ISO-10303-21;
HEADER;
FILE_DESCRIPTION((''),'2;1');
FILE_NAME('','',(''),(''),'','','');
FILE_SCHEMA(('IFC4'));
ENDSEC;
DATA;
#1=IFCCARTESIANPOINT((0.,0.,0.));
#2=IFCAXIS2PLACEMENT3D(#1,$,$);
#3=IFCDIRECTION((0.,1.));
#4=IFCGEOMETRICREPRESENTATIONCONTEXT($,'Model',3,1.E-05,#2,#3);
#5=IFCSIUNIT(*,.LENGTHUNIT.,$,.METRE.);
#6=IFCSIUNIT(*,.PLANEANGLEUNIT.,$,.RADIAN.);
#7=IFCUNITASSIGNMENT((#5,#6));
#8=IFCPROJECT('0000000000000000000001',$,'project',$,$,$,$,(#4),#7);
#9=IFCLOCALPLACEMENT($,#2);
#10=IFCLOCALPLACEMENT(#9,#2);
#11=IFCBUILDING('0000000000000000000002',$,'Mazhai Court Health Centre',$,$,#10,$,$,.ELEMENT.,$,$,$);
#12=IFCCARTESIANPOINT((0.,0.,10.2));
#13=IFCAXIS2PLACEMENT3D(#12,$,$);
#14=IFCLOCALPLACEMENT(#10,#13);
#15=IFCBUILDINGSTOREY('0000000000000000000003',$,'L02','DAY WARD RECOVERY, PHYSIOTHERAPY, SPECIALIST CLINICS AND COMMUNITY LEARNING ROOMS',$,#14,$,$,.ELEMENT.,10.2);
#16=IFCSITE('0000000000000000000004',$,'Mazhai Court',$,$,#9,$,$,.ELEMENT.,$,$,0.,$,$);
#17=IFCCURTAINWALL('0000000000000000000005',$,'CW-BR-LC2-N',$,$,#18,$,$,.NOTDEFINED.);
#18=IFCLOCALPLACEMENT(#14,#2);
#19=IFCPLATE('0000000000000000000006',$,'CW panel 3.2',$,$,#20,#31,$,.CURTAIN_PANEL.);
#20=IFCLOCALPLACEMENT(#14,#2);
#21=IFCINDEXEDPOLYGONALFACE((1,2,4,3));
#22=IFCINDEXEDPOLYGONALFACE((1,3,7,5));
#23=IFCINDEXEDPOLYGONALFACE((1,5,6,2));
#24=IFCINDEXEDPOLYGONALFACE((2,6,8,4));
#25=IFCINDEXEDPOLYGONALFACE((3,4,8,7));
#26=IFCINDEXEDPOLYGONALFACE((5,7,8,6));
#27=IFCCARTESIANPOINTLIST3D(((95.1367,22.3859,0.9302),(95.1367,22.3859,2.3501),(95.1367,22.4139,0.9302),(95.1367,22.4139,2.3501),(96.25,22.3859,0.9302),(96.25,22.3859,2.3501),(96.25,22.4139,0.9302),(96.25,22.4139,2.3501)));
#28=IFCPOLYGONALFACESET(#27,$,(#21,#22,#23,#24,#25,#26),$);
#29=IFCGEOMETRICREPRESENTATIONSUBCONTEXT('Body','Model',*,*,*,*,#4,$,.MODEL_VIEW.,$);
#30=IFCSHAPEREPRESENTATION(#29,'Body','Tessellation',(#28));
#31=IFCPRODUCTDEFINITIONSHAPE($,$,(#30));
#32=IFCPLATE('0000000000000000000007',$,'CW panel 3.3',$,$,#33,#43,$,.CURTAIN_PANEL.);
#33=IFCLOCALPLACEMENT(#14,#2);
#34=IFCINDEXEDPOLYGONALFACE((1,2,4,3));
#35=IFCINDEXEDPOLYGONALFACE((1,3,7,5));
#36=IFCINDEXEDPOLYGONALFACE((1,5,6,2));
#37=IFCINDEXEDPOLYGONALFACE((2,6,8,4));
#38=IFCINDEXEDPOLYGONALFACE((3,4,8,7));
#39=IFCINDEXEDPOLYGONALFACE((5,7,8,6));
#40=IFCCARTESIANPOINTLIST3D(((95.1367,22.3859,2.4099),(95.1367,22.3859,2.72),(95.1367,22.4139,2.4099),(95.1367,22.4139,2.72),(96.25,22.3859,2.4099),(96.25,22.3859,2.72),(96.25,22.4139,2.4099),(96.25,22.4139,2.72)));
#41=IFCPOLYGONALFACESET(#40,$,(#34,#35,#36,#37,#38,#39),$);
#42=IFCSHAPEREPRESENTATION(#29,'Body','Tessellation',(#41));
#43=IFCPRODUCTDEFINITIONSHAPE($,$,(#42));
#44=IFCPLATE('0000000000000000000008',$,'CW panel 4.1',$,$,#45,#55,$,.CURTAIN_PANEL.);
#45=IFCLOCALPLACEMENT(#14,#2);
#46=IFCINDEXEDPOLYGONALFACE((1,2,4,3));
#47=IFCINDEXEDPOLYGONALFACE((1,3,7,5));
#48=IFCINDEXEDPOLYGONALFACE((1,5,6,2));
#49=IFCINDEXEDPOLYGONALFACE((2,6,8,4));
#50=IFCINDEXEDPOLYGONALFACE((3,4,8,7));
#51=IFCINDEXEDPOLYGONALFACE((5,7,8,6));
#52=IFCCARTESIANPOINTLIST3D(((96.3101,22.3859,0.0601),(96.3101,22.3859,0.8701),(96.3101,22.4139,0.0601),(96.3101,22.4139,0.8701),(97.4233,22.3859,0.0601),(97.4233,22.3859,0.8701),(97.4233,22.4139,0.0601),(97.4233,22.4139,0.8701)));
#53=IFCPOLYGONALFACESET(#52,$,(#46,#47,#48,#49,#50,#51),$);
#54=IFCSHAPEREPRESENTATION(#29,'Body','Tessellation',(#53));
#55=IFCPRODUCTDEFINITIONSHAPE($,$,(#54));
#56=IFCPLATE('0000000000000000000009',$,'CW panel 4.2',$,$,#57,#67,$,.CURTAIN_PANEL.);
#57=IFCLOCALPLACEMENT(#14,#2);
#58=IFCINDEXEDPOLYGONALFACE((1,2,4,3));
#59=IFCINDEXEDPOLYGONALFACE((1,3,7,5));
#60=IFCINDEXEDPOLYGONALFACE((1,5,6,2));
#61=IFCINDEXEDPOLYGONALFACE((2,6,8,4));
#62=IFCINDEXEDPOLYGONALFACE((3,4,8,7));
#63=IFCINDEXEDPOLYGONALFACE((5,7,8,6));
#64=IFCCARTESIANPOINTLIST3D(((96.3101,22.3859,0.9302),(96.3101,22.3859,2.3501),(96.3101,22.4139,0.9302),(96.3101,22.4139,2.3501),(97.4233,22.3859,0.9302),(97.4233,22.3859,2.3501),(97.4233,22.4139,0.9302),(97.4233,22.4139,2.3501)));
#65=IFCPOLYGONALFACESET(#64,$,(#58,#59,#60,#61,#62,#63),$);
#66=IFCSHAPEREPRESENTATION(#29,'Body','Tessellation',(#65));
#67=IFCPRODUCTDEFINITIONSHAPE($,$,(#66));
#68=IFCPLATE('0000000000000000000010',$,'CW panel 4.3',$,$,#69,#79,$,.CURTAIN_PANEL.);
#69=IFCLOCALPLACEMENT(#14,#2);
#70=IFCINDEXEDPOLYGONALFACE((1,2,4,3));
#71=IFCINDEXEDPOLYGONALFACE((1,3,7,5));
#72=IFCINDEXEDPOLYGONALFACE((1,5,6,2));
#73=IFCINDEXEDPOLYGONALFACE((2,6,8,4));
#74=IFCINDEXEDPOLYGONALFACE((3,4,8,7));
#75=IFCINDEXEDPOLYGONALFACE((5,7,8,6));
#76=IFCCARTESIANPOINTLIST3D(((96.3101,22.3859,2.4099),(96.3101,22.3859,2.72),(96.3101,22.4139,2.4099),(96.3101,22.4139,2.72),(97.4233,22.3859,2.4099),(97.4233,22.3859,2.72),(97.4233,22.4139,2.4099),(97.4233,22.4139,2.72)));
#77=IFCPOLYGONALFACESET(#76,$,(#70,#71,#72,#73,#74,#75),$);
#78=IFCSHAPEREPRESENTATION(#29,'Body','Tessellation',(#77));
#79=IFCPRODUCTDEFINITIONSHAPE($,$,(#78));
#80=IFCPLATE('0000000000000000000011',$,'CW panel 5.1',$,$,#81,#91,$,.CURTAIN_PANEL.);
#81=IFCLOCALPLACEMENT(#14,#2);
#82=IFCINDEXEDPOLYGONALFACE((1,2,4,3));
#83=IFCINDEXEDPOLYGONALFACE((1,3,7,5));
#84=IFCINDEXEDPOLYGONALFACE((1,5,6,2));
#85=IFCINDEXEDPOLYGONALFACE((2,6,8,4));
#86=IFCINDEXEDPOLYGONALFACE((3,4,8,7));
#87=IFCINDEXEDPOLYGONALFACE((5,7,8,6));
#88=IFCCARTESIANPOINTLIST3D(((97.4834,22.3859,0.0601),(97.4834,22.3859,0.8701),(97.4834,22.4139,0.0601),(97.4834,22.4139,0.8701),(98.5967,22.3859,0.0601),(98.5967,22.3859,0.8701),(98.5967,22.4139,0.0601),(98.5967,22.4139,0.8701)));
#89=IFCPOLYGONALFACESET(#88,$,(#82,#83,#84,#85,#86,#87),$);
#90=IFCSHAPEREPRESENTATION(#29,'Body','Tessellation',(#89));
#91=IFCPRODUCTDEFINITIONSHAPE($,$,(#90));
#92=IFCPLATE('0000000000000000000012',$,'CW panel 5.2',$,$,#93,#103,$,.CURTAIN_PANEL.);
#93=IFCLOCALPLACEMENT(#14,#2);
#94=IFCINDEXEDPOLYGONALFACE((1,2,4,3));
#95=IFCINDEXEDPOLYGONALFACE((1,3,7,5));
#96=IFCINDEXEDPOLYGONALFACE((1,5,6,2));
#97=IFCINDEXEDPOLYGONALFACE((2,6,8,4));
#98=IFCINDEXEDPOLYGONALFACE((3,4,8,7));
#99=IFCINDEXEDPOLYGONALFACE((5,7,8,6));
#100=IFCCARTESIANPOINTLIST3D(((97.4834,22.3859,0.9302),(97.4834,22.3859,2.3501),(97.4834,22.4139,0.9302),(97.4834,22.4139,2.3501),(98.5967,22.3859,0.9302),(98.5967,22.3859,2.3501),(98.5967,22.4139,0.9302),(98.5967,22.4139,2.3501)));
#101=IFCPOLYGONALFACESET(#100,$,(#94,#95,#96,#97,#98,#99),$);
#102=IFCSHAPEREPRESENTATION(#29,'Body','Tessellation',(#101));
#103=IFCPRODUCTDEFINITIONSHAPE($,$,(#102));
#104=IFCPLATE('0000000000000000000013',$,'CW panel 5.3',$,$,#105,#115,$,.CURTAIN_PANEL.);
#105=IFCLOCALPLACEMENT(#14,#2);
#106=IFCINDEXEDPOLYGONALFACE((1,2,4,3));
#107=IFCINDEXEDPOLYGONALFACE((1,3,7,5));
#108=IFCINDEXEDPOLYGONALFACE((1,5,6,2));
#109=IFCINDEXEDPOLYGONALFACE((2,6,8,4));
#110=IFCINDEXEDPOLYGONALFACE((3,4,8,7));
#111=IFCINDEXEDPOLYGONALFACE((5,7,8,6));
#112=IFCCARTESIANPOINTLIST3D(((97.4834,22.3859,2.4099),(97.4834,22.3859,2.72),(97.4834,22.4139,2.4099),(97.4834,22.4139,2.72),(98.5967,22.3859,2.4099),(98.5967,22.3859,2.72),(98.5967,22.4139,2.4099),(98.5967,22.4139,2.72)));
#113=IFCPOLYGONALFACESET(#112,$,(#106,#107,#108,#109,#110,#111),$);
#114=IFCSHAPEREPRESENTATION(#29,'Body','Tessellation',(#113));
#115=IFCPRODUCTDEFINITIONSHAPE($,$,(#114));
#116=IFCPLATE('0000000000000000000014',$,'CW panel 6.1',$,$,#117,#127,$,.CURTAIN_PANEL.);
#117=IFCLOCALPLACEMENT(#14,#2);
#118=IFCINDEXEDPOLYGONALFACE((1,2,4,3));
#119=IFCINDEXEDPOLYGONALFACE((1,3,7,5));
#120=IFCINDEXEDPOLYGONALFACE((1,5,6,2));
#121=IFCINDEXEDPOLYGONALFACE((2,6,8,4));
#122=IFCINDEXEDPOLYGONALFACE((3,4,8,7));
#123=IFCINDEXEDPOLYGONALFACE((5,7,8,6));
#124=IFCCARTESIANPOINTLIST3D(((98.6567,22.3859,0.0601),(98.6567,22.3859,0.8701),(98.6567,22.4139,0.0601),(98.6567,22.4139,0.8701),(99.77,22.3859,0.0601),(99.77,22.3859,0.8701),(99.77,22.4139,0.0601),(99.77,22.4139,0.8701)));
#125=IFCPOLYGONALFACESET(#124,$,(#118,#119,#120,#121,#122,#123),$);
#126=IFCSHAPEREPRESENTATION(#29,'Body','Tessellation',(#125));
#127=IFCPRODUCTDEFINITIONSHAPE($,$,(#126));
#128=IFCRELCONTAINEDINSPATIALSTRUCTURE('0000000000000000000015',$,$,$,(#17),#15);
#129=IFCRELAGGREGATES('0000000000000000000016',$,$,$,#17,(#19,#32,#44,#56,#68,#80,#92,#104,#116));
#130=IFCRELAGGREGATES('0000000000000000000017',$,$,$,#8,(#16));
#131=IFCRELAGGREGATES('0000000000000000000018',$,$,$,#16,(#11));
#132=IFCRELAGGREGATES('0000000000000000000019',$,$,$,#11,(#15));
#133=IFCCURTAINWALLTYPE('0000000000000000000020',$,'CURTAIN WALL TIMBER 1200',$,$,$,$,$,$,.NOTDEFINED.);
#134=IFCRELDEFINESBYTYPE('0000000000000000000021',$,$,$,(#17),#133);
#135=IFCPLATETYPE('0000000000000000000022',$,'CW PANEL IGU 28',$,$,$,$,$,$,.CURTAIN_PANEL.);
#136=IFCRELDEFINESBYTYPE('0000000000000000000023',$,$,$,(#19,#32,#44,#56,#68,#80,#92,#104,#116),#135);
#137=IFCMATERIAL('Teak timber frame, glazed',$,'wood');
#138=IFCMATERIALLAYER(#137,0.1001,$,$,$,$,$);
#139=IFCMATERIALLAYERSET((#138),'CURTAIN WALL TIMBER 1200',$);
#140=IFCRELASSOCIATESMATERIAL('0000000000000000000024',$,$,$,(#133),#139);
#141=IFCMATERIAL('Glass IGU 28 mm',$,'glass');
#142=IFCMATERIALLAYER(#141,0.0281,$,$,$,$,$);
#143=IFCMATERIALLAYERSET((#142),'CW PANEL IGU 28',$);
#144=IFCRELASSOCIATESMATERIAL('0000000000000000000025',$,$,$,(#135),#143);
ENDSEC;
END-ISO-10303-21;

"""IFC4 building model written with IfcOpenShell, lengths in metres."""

from ifc_helpers import new_model, si_unit, direction, frame, origin, origin_2d, place, context, subcontext, project, spatial, rectangle, extrude, material, layer, layer_set, type_object, element, aggregate, save


model = new_model("IFC4")

# Units and contexts
model_context = context("Model", 3, precision=1e-05, world=origin(), true_north=direction((0.0, 1.0)))
body_context = subcontext(model_context, "Body", "Model", "MODEL_VIEW")
ifc_project = project(units=[si_unit("LENGTHUNIT", "METRE"), si_unit("PLANEANGLEUNIT", "RADIAN")], contexts=[model_context])

# Site, building, storey
site_placement = place(None, origin())
site = spatial("IfcSite", under=ifc_project, at=site_placement, Name="Mazhai Court", CompositionType="ELEMENT", RefElevation=0.0)
building_placement = place(site_placement, origin())
building = spatial("IfcBuilding", under=site, at=building_placement, Name="Mazhai Court Health Centre", CompositionType="ELEMENT")
storey_placement = place(building_placement, frame((0.0, 0.0, 10.2)))
storey = spatial("IfcBuildingStorey", under=building, at=storey_placement, Name="L02", Description="DAY WARD RECOVERY, PHYSIOTHERAPY, SPECIALIST CLINICS AND COMMUNITY LEARNING ROOMS", CompositionType="ELEMENT", Elevation=10.2)

# Curtain wall, plates
ifc_material_1 = material(Name="Teak timber frame, glazed", Category="wood")
ifc_layer_1 = layer(ifc_material_1, 0.1001)
ifc_layer_set_1 = layer_set([ifc_layer_1], Name="CURTAIN WALL TIMBER 1200")
curtain_wall_type = type_object("IfcCurtainWallType", Name="CURTAIN WALL TIMBER 1200", PredefinedType="NOTDEFINED", material=ifc_layer_set_1)
curtain_wall_placement = place(storey_placement, origin())
curtain_wall = element("IfcCurtainWall", 1, at=curtain_wall_placement, inside=storey, type_object=curtain_wall_type, Name="CW-BR-LC2-N", PredefinedType="NOTDEFINED")
ifc_material_2 = material(Name="Glass IGU 28 mm", Category="glass")
ifc_layer_2 = layer(ifc_material_2, 0.0281)
ifc_layer_set_2 = layer_set([ifc_layer_2], Name="CW PANEL IGU 28")
plate_type = type_object("IfcPlateType", Name="CW PANEL IGU 28", PredefinedType="CURTAIN_PANEL", material=ifc_layer_set_2)
plate_1_placement = place(storey_placement, frame((95.6934, 22.3999, 0.9302), z_axis=(0.0, 0.0, 1.0), x_axis=(1.0, 0.0, 0.0)))
plate_1 = element("IfcPlate", 2, at=plate_1_placement, type_object=plate_type, Name="CW panel 3.2", PredefinedType="CURTAIN_PANEL", context=body_context, shape_type="SweptSolid", body=[
    extrude(rectangle(XDim=1.1133, YDim=0.0281, at=origin_2d()), origin(), (0.0, 0.0, 1.0), 1.4199),
])
plate_2_placement = place(storey_placement, frame((95.6934, 22.3999, 2.4099), z_axis=(0.0, 0.0, 1.0), x_axis=(1.0, 0.0, 0.0)))
plate_2 = element("IfcPlate", 3, at=plate_2_placement, type_object=plate_type, Name="CW panel 3.3", PredefinedType="CURTAIN_PANEL", context=body_context, shape_type="SweptSolid", body=[
    extrude(rectangle(XDim=1.1133, YDim=0.0281, at=origin_2d()), origin(), (0.0, 0.0, 1.0), 0.3101),
])
plate_3_placement = place(storey_placement, frame((96.8667, 22.3999, 0.0601), z_axis=(0.0, 0.0, 1.0), x_axis=(1.0, 0.0, 0.0)))
plate_3 = element("IfcPlate", 4, at=plate_3_placement, type_object=plate_type, Name="CW panel 4.1", PredefinedType="CURTAIN_PANEL", context=body_context, shape_type="SweptSolid", body=[
    extrude(rectangle(XDim=1.1133, YDim=0.0281, at=origin_2d()), origin(), (0.0, 0.0, 1.0), 0.8101),
])
plate_4_placement = place(storey_placement, frame((96.8667, 22.3999, 0.9302), z_axis=(0.0, 0.0, 1.0), x_axis=(1.0, 0.0, 0.0)))
plate_4 = element("IfcPlate", 5, at=plate_4_placement, type_object=plate_type, Name="CW panel 4.2", PredefinedType="CURTAIN_PANEL", context=body_context, shape_type="SweptSolid", body=[
    extrude(rectangle(XDim=1.1133, YDim=0.0281, at=origin_2d()), origin(), (0.0, 0.0, 1.0), 1.4199),
])
plate_5_placement = place(storey_placement, frame((96.8667, 22.3999, 2.4099), z_axis=(0.0, 0.0, 1.0), x_axis=(1.0, 0.0, 0.0)))
plate_5 = element("IfcPlate", 6, at=plate_5_placement, type_object=plate_type, Name="CW panel 4.3", PredefinedType="CURTAIN_PANEL", context=body_context, shape_type="SweptSolid", body=[
    extrude(rectangle(XDim=1.1133, YDim=0.0281, at=origin_2d()), origin(), (0.0, 0.0, 1.0), 0.3101),
])
plate_6_placement = place(storey_placement, frame((98.04, 22.3999, 0.0601), z_axis=(0.0, 0.0, 1.0), x_axis=(1.0, 0.0, 0.0)))
plate_6 = element("IfcPlate", 7, at=plate_6_placement, type_object=plate_type, Name="CW panel 5.1", PredefinedType="CURTAIN_PANEL", context=body_context, shape_type="SweptSolid", body=[
    extrude(rectangle(XDim=1.1133, YDim=0.0281, at=origin_2d()), origin(), (0.0, 0.0, 1.0), 0.8101),
])
plate_7_placement = place(storey_placement, frame((98.04, 22.3999, 0.9302), z_axis=(0.0, 0.0, 1.0), x_axis=(1.0, 0.0, 0.0)))
plate_7 = element("IfcPlate", 8, at=plate_7_placement, type_object=plate_type, Name="CW panel 5.2", PredefinedType="CURTAIN_PANEL", context=body_context, shape_type="SweptSolid", body=[
    extrude(rectangle(XDim=1.1133, YDim=0.0281, at=origin_2d()), origin(), (0.0, 0.0, 1.0), 1.4199),
])
plate_8_placement = place(storey_placement, frame((98.04, 22.3999, 2.4099), z_axis=(0.0, 0.0, 1.0), x_axis=(1.0, 0.0, 0.0)))
plate_8 = element("IfcPlate", 9, at=plate_8_placement, type_object=plate_type, Name="CW panel 5.3", PredefinedType="CURTAIN_PANEL", context=body_context, shape_type="SweptSolid", body=[
    extrude(rectangle(XDim=1.1133, YDim=0.0281, at=origin_2d()), origin(), (0.0, 0.0, 1.0), 0.3101),
])
plate_9_placement = place(storey_placement, frame((99.2134, 22.3999, 0.0601), z_axis=(0.0, 0.0, 1.0), x_axis=(1.0, 0.0, 0.0)))
plate_9 = element("IfcPlate", 10, at=plate_9_placement, type_object=plate_type, Name="CW panel 6.1", PredefinedType="CURTAIN_PANEL", context=body_context, shape_type="SweptSolid", body=[
    extrude(rectangle(XDim=1.1133, YDim=0.0281, at=origin_2d()), origin(), (0.0, 0.0, 1.0), 0.8101),
])
aggregate(curtain_wall, [plate_1, plate_2, plate_3, plate_4, plate_5, plate_6, plate_7, plate_8, plate_9])

save(model, "model.ifc")
